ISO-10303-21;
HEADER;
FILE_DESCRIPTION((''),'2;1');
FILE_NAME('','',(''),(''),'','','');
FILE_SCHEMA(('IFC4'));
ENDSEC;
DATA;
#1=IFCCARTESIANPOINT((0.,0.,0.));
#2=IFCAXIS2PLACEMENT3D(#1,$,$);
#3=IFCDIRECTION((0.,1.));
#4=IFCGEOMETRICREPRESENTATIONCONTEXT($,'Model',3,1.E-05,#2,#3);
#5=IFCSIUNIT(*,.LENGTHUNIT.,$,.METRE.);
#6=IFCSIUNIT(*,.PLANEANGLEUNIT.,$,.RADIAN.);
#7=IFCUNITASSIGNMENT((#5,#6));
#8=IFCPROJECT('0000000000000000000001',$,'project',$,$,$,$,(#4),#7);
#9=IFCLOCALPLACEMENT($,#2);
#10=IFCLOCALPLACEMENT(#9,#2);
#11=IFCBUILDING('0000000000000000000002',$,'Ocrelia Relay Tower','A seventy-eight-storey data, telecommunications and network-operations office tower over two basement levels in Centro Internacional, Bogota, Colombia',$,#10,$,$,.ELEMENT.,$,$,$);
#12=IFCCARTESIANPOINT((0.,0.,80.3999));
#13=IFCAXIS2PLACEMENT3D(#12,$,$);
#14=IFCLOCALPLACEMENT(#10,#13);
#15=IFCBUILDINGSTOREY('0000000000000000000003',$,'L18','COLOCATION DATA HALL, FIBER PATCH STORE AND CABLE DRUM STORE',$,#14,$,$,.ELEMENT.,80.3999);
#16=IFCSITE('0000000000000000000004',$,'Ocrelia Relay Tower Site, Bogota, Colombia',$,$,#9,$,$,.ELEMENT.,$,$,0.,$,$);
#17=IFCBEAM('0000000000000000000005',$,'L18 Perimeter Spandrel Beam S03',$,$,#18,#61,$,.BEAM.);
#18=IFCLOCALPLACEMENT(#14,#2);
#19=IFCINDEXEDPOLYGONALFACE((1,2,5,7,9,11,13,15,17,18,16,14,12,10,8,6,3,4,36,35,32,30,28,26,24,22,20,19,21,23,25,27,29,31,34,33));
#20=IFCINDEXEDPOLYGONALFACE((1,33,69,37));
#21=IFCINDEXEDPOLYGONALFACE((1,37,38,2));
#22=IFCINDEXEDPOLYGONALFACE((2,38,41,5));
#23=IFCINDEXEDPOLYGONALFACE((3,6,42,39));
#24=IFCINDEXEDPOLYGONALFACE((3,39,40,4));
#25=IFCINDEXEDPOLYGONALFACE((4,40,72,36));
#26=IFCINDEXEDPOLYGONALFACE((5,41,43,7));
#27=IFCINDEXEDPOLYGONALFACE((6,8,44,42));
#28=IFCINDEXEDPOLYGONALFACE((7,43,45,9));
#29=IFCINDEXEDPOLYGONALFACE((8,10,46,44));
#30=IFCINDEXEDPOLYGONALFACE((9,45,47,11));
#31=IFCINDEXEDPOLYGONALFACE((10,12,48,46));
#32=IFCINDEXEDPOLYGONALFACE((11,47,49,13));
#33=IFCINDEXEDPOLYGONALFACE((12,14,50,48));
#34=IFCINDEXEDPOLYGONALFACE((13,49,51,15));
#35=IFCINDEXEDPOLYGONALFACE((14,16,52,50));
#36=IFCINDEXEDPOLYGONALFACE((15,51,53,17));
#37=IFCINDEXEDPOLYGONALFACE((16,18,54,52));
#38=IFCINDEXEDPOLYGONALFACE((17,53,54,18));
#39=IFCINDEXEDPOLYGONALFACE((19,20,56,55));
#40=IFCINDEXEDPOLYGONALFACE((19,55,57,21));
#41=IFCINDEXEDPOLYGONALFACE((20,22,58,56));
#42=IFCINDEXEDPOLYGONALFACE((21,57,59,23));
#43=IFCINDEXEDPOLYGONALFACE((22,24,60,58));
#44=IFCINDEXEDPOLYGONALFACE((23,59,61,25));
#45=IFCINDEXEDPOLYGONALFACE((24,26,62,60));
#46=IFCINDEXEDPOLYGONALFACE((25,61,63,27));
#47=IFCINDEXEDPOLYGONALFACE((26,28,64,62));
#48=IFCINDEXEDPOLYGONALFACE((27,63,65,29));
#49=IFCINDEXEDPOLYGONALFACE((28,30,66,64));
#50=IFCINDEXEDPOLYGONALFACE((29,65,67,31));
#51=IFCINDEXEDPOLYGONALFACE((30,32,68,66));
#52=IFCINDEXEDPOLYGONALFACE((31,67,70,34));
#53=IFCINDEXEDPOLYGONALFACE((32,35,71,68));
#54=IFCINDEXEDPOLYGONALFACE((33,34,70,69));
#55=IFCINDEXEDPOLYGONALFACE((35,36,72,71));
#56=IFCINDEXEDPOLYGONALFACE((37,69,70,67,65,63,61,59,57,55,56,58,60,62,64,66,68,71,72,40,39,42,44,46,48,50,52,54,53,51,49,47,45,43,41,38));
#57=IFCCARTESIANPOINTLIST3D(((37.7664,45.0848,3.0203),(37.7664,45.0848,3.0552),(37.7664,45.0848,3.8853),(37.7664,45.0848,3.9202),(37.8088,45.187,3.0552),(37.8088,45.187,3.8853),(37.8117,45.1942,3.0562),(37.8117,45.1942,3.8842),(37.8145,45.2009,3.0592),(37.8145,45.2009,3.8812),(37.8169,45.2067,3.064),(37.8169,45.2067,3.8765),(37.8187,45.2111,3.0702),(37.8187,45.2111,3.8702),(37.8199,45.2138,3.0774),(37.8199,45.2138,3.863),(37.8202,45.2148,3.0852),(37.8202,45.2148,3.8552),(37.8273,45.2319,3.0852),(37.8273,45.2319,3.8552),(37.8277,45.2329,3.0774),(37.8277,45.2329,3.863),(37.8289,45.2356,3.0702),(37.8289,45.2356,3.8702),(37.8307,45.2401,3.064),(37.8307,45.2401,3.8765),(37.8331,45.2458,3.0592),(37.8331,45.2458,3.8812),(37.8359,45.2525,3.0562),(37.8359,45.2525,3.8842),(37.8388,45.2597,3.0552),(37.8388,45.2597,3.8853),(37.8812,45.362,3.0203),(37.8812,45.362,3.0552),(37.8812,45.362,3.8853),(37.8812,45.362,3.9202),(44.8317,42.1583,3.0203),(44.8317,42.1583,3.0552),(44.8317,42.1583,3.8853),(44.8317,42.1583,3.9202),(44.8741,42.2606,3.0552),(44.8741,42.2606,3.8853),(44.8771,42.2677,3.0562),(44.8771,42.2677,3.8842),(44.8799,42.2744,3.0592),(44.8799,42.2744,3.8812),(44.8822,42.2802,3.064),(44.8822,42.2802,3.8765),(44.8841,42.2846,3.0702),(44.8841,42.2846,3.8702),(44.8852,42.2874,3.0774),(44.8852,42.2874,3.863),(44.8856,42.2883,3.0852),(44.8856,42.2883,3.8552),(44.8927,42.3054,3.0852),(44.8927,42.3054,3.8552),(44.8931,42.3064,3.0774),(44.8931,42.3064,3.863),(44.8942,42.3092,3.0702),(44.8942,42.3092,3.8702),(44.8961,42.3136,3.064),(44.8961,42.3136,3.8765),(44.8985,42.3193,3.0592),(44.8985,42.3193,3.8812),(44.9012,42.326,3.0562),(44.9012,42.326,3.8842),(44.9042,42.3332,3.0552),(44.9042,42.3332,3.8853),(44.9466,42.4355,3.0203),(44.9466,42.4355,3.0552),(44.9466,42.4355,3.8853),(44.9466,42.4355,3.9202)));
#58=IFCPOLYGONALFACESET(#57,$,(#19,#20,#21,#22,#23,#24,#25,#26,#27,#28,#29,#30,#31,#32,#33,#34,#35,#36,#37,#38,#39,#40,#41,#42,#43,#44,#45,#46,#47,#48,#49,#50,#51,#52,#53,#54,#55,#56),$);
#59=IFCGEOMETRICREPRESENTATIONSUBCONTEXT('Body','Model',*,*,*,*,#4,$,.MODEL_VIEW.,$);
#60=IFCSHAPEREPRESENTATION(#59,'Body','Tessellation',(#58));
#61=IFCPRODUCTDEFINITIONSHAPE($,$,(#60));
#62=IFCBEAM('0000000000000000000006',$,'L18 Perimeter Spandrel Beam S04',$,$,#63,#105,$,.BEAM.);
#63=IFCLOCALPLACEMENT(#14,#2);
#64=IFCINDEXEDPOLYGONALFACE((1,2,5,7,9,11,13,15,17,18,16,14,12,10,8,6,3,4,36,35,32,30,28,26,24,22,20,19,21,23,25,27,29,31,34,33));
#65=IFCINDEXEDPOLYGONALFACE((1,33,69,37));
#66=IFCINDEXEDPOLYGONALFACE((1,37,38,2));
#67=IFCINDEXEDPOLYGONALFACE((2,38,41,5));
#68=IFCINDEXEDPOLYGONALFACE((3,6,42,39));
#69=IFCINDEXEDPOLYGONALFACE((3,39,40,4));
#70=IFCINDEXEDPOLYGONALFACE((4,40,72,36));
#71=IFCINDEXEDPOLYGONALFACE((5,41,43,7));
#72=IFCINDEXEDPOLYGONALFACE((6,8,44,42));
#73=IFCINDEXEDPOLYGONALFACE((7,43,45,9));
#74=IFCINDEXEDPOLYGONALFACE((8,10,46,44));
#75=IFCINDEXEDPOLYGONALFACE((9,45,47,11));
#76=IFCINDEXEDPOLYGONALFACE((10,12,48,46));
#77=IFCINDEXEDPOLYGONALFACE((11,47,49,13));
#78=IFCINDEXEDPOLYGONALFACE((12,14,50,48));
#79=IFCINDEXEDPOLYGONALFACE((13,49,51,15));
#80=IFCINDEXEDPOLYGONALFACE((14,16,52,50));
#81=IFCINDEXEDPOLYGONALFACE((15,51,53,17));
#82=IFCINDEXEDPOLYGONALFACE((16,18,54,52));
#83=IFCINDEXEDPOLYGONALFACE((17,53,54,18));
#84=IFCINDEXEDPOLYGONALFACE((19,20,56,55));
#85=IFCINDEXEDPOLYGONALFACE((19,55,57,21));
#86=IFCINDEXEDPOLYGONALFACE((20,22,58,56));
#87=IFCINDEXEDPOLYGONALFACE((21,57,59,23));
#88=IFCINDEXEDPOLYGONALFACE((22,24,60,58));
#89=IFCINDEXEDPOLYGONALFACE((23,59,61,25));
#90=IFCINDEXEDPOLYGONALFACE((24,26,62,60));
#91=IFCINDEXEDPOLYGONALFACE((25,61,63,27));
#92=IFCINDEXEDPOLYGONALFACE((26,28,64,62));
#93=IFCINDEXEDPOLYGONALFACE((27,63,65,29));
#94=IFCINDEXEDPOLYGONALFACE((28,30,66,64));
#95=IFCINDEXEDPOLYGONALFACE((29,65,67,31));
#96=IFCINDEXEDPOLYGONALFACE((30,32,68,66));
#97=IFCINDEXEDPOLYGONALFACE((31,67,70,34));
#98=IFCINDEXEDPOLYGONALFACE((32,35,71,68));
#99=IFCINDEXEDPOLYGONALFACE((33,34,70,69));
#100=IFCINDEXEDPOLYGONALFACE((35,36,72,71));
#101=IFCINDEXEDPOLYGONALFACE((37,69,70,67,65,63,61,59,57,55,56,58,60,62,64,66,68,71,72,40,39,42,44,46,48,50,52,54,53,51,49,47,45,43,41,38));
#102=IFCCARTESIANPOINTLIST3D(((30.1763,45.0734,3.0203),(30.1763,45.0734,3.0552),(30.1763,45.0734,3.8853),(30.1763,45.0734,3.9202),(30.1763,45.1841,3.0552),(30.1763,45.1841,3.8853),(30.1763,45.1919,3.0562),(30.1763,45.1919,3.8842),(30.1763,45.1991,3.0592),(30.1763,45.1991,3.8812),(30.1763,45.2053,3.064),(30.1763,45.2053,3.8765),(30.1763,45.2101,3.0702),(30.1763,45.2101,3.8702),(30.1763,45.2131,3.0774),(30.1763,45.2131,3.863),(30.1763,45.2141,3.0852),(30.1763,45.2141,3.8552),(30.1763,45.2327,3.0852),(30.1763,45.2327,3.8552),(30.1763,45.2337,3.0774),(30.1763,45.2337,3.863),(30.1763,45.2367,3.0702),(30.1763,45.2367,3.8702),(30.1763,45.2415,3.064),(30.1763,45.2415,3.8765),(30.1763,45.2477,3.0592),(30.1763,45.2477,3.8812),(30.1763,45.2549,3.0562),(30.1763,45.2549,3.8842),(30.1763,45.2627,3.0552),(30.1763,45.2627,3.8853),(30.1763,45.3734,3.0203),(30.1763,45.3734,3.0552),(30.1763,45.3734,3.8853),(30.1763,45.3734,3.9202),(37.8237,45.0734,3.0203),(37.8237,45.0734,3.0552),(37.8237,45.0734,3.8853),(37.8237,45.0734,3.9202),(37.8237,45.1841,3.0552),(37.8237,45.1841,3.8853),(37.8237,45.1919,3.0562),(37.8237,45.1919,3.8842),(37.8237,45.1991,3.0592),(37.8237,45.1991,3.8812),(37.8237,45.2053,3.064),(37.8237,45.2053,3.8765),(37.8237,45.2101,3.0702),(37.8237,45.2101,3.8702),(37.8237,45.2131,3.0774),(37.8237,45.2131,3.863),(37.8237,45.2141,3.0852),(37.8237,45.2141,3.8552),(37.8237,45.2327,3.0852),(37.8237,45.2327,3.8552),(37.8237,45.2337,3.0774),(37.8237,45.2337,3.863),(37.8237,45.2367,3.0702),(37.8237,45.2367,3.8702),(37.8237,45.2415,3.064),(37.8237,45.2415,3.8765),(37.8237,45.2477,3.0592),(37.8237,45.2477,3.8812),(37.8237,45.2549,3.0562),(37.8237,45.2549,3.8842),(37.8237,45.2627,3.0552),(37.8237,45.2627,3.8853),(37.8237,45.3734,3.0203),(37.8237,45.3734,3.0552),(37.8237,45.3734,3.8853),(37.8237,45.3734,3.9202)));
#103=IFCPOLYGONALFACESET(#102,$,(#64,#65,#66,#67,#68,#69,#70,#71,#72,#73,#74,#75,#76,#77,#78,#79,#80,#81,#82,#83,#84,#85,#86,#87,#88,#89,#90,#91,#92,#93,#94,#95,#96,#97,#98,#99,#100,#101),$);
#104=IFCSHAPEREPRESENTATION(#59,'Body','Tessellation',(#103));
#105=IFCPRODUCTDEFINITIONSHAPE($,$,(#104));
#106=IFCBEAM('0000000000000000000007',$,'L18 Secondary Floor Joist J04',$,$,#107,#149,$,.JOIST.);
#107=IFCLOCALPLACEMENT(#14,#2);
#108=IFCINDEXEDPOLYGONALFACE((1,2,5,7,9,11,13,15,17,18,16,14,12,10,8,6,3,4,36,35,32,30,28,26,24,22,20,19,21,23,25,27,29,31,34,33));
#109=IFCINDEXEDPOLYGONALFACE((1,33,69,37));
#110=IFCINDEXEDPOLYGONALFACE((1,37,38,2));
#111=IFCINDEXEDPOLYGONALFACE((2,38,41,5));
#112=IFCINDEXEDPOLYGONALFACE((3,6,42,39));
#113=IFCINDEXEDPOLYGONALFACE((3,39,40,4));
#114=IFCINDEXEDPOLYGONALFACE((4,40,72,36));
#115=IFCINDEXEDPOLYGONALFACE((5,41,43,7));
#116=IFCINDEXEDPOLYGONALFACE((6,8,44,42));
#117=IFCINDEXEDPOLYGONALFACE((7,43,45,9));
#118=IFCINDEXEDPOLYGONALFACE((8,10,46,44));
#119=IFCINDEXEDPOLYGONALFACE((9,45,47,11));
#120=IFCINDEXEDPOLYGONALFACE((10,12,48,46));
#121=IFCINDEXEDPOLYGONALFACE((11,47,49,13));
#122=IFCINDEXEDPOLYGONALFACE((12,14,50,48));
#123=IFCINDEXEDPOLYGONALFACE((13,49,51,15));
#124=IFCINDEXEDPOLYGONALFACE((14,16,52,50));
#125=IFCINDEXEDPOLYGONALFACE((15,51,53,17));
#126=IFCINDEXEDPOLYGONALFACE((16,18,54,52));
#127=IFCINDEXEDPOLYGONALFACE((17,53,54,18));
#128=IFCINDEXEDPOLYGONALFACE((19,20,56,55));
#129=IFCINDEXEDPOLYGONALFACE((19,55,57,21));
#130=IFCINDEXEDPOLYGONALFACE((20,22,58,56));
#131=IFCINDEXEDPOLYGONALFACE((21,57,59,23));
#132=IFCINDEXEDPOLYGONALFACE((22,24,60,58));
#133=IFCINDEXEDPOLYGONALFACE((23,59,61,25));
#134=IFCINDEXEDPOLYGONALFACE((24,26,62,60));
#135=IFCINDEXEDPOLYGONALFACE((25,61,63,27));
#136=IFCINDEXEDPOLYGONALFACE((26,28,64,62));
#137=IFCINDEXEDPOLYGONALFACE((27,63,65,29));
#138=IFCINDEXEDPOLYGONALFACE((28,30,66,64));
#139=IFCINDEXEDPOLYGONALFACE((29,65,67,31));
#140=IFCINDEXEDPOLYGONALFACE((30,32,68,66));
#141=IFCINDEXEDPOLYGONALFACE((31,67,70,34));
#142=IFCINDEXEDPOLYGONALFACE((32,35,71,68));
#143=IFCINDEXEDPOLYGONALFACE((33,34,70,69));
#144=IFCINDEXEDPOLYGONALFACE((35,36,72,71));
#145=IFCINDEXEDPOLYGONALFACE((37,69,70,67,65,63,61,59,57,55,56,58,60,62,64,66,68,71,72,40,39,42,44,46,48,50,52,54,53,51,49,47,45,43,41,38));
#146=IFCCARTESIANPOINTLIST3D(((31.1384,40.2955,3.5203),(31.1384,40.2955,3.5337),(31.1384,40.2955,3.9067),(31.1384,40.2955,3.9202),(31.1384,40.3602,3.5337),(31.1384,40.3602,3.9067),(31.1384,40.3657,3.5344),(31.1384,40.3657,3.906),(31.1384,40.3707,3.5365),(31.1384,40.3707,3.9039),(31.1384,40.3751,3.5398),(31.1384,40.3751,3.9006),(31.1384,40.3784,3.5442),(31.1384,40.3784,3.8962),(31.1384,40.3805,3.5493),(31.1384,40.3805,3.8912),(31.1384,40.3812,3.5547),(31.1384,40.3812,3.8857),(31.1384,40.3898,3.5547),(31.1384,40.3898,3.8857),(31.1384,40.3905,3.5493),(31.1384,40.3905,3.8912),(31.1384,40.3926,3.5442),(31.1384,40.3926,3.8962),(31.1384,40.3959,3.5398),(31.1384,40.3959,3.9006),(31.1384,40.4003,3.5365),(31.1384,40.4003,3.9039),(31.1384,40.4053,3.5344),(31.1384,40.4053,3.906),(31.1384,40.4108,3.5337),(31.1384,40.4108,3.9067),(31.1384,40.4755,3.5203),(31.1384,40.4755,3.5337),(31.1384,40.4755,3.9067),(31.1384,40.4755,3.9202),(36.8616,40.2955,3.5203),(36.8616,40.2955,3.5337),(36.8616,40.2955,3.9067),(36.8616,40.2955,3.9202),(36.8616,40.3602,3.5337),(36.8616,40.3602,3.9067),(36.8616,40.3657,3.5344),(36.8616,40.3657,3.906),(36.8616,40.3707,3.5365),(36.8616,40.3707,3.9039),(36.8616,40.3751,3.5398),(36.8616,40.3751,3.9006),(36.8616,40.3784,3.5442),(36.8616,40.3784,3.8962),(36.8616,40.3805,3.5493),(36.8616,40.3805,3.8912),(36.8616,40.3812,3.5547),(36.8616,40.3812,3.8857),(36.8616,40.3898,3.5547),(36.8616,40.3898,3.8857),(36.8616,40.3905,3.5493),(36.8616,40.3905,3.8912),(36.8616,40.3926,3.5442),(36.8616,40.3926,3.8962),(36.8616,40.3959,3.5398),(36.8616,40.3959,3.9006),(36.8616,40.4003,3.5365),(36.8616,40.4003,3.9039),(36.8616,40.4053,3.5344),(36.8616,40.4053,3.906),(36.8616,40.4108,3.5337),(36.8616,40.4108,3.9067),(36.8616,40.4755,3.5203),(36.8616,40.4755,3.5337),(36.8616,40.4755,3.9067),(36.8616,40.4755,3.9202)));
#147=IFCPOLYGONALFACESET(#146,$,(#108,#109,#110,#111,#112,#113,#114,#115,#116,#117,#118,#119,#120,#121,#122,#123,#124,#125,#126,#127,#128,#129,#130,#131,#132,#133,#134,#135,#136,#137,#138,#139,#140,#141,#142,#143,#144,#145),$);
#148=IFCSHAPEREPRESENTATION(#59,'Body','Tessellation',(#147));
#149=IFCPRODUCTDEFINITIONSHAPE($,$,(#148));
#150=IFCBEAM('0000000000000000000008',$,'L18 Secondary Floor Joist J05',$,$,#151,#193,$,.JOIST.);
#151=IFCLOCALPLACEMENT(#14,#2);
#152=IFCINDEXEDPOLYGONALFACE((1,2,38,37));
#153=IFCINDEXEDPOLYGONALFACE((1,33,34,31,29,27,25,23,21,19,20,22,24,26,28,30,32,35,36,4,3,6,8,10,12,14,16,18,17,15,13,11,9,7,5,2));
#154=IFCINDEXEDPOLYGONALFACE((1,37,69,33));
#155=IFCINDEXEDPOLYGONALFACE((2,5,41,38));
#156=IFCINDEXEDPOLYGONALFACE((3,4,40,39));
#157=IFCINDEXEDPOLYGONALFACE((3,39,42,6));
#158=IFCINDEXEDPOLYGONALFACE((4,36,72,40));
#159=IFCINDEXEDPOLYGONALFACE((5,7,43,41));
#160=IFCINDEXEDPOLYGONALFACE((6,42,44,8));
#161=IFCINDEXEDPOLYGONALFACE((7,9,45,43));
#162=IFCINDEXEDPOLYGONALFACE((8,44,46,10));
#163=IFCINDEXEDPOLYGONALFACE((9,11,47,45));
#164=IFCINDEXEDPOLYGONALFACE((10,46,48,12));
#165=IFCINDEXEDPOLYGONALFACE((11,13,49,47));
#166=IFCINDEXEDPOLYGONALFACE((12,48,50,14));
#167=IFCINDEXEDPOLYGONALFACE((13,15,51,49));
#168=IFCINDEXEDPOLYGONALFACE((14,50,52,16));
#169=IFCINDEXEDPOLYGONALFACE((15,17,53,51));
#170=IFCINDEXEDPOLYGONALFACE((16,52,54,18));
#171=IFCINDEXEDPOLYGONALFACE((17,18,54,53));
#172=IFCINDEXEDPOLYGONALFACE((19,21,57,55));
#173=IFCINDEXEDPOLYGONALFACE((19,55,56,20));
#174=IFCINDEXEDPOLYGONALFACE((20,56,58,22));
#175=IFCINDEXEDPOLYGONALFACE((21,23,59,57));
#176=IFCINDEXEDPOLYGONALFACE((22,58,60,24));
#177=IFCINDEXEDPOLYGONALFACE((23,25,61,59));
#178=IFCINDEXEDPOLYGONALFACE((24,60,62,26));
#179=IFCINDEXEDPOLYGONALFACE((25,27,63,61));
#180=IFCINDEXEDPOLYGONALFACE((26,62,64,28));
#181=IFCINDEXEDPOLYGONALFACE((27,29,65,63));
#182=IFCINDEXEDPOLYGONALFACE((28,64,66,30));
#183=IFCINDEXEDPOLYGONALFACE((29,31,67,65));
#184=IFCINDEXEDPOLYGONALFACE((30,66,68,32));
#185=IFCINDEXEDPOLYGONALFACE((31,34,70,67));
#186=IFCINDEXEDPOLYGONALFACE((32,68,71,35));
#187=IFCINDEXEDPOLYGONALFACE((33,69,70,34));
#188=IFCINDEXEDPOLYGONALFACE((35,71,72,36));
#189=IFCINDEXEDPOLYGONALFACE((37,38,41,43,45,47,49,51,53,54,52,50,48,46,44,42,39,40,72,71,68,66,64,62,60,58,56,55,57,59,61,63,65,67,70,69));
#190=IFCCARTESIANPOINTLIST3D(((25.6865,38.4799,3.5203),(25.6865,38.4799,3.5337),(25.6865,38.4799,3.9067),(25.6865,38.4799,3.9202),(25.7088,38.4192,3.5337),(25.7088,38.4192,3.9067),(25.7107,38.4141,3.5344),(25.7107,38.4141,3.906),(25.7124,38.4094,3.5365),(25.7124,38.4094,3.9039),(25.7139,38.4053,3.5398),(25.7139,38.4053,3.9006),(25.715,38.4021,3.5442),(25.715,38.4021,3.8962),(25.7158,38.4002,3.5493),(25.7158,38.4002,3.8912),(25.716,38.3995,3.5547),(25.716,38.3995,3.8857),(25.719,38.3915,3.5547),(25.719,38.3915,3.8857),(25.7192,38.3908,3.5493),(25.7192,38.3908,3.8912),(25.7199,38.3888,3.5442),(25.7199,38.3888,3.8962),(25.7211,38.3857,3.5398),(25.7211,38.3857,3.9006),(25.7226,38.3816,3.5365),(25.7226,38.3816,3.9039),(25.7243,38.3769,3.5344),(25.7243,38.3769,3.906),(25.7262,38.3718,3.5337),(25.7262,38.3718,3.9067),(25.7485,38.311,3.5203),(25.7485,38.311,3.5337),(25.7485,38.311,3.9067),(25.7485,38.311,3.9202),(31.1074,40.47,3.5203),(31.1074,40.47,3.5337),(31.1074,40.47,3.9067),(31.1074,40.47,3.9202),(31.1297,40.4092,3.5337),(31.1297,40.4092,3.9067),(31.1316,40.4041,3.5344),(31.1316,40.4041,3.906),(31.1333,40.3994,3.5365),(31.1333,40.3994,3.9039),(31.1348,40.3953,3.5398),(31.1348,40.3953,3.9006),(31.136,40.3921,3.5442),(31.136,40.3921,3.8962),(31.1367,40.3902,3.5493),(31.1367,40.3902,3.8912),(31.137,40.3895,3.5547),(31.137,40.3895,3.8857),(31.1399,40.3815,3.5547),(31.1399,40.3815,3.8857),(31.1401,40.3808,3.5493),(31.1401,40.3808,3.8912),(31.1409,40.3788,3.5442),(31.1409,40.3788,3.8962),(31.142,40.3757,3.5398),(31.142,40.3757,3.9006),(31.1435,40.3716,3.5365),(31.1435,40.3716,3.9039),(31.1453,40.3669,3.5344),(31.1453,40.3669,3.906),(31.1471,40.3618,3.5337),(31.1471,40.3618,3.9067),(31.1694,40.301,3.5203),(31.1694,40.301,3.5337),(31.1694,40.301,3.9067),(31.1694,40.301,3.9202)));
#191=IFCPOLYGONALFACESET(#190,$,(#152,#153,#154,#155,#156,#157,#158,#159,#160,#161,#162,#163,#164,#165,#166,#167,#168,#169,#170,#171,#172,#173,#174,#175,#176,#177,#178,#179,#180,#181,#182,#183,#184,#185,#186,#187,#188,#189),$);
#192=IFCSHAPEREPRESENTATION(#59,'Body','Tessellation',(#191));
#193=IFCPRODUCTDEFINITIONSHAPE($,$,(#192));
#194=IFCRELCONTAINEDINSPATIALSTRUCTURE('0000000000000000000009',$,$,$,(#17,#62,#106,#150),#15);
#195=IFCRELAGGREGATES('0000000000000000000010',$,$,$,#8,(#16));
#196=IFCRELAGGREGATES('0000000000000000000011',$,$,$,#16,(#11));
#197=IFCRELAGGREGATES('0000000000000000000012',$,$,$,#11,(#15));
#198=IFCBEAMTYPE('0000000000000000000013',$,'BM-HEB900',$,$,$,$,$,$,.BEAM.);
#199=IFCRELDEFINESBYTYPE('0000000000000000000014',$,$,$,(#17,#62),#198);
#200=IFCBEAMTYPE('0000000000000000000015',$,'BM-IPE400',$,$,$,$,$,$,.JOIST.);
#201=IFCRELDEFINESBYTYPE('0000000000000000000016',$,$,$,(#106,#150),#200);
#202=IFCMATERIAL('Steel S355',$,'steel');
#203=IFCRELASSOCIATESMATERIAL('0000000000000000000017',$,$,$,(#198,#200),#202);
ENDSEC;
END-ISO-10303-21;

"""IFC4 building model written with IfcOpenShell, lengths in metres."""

from ifc_helpers import new_model, si_unit, direction, frame, origin, origin_2d, place, context, subcontext, project, spatial, i_section, extrude, material, material_profile, profile_set, type_object, element, save


model = new_model("IFC4")

# Units and contexts
model_context = context("Model", 3, precision=1e-05, world=origin(), true_north=direction((0.0, 1.0)))
body_context = subcontext(model_context, "Body", "Model", "MODEL_VIEW")
ifc_project = project(units=[si_unit("LENGTHUNIT", "METRE"), si_unit("PLANEANGLEUNIT", "RADIAN")], contexts=[model_context])

# Site, building, storey
site_placement = place(None, origin())
site = spatial("IfcSite", under=ifc_project, at=site_placement, Name="Ocrelia Relay Tower Site, Bogota, Colombia", CompositionType="ELEMENT", RefElevation=0.0)
building_placement = place(site_placement, origin())
building = spatial("IfcBuilding", under=site, at=building_placement, Name="Ocrelia Relay Tower", Description="A seventy-eight-storey data, telecommunications and network-operations office tower over two basement levels in Centro Internacional, Bogota, Colombia", CompositionType="ELEMENT")
storey_placement = place(building_placement, frame((0.0, 0.0, 80.3999)))
storey = spatial("IfcBuildingStorey", under=building, at=storey_placement, Name="L18", Description="COLOCATION DATA HALL, FIBER PATCH STORE AND CABLE DRUM STORE", CompositionType="ELEMENT", Elevation=80.3999)

# Beams
ifc_material_1 = material(Name="Steel S355", Category="steel")
ifc_material_profile_1 = material_profile(ifc_material_1, i_section(OverallWidth=0.3, OverallDepth=0.8999, WebThickness=0.0186, FlangeThickness=0.0349, FilletRadius=0.03, at=origin_2d()), Name="HEB 900")
ifc_profile_set_1 = profile_set([ifc_material_profile_1], Name="Steel S355")
beam_type_1 = type_object("IfcBeamType", Name="BM-HEB900", PredefinedType="BEAM", material=ifc_profile_set_1)
for number, where, z_axis, x_axis, name in (
    (1, (44.8892, 42.2969, 3.4702), (-0.923883, 0.382674, 0.0), (-0.382674, -0.923883, 0.0), "L18 Perimeter Spandrel Beam S03"),
    (2, (37.8237, 45.2234, 3.4702), (-1.0, 0.0, 0.0), (0.0, -1.0, 0.0), "L18 Perimeter Spandrel Beam S04"),
):
    element("IfcBeam", number, at=place(storey_placement, frame(where, z_axis=z_axis, x_axis=x_axis)), inside=storey, type_object=beam_type_1, Name=name, PredefinedType="BEAM", context=body_context, shape_type="SweptSolid", body=[
        extrude(i_section(OverallWidth=0.3, OverallDepth=0.8999, WebThickness=0.0186, FlangeThickness=0.0349, FilletRadius=0.03, at=origin_2d()), origin(), (0.0, 0.0, 1.0), 7.6475),
    ])
ifc_material_profile_2 = material_profile(ifc_material_1, i_section(OverallWidth=0.1799, OverallDepth=0.3999, WebThickness=0.0085, FlangeThickness=0.0134, FilletRadius=0.021, at=origin_2d()), Name="IPE 400")
ifc_profile_set_2 = profile_set([ifc_material_profile_2], Name="Steel S355")
beam_type_2 = type_object("IfcBeamType", Name="BM-IPE400", PredefinedType="JOIST", material=ifc_profile_set_2)
beam_1_placement = place(storey_placement, frame((36.8616, 40.3855, 3.7202), z_axis=(-1.0, 0.0, 0.0), x_axis=(0.0, -1.0, 0.0)))
element("IfcBeam", 3, at=beam_1_placement, inside=storey, type_object=beam_type_2, Name="L18 Secondary Floor Joist J04", PredefinedType="JOIST", context=body_context, shape_type="SweptSolid", body=[
    extrude(i_section(OverallWidth=0.1799, OverallDepth=0.3999, WebThickness=0.0085, FlangeThickness=0.0134, FilletRadius=0.021, at=origin_2d()), origin(), (0.0, 0.0, 1.0), 5.7231),
])
beam_2_placement = place(storey_placement, frame((31.1384, 40.3855, 3.7202), z_axis=(-0.938746, -0.34461, 0.0), x_axis=(0.34461, -0.938746, 0.0)))
element("IfcBeam", 4, at=beam_2_placement, inside=storey, type_object=beam_type_2, Name="L18 Secondary Floor Joist J05", PredefinedType="JOIST", context=body_context, shape_type="SweptSolid", body=[
    extrude(i_section(OverallWidth=0.1799, OverallDepth=0.3999, WebThickness=0.0085, FlangeThickness=0.0134, FilletRadius=0.021, at=origin_2d()), origin(), (0.0, 0.0, 1.0), 5.7747),
])

save(model, "model.ifc")
